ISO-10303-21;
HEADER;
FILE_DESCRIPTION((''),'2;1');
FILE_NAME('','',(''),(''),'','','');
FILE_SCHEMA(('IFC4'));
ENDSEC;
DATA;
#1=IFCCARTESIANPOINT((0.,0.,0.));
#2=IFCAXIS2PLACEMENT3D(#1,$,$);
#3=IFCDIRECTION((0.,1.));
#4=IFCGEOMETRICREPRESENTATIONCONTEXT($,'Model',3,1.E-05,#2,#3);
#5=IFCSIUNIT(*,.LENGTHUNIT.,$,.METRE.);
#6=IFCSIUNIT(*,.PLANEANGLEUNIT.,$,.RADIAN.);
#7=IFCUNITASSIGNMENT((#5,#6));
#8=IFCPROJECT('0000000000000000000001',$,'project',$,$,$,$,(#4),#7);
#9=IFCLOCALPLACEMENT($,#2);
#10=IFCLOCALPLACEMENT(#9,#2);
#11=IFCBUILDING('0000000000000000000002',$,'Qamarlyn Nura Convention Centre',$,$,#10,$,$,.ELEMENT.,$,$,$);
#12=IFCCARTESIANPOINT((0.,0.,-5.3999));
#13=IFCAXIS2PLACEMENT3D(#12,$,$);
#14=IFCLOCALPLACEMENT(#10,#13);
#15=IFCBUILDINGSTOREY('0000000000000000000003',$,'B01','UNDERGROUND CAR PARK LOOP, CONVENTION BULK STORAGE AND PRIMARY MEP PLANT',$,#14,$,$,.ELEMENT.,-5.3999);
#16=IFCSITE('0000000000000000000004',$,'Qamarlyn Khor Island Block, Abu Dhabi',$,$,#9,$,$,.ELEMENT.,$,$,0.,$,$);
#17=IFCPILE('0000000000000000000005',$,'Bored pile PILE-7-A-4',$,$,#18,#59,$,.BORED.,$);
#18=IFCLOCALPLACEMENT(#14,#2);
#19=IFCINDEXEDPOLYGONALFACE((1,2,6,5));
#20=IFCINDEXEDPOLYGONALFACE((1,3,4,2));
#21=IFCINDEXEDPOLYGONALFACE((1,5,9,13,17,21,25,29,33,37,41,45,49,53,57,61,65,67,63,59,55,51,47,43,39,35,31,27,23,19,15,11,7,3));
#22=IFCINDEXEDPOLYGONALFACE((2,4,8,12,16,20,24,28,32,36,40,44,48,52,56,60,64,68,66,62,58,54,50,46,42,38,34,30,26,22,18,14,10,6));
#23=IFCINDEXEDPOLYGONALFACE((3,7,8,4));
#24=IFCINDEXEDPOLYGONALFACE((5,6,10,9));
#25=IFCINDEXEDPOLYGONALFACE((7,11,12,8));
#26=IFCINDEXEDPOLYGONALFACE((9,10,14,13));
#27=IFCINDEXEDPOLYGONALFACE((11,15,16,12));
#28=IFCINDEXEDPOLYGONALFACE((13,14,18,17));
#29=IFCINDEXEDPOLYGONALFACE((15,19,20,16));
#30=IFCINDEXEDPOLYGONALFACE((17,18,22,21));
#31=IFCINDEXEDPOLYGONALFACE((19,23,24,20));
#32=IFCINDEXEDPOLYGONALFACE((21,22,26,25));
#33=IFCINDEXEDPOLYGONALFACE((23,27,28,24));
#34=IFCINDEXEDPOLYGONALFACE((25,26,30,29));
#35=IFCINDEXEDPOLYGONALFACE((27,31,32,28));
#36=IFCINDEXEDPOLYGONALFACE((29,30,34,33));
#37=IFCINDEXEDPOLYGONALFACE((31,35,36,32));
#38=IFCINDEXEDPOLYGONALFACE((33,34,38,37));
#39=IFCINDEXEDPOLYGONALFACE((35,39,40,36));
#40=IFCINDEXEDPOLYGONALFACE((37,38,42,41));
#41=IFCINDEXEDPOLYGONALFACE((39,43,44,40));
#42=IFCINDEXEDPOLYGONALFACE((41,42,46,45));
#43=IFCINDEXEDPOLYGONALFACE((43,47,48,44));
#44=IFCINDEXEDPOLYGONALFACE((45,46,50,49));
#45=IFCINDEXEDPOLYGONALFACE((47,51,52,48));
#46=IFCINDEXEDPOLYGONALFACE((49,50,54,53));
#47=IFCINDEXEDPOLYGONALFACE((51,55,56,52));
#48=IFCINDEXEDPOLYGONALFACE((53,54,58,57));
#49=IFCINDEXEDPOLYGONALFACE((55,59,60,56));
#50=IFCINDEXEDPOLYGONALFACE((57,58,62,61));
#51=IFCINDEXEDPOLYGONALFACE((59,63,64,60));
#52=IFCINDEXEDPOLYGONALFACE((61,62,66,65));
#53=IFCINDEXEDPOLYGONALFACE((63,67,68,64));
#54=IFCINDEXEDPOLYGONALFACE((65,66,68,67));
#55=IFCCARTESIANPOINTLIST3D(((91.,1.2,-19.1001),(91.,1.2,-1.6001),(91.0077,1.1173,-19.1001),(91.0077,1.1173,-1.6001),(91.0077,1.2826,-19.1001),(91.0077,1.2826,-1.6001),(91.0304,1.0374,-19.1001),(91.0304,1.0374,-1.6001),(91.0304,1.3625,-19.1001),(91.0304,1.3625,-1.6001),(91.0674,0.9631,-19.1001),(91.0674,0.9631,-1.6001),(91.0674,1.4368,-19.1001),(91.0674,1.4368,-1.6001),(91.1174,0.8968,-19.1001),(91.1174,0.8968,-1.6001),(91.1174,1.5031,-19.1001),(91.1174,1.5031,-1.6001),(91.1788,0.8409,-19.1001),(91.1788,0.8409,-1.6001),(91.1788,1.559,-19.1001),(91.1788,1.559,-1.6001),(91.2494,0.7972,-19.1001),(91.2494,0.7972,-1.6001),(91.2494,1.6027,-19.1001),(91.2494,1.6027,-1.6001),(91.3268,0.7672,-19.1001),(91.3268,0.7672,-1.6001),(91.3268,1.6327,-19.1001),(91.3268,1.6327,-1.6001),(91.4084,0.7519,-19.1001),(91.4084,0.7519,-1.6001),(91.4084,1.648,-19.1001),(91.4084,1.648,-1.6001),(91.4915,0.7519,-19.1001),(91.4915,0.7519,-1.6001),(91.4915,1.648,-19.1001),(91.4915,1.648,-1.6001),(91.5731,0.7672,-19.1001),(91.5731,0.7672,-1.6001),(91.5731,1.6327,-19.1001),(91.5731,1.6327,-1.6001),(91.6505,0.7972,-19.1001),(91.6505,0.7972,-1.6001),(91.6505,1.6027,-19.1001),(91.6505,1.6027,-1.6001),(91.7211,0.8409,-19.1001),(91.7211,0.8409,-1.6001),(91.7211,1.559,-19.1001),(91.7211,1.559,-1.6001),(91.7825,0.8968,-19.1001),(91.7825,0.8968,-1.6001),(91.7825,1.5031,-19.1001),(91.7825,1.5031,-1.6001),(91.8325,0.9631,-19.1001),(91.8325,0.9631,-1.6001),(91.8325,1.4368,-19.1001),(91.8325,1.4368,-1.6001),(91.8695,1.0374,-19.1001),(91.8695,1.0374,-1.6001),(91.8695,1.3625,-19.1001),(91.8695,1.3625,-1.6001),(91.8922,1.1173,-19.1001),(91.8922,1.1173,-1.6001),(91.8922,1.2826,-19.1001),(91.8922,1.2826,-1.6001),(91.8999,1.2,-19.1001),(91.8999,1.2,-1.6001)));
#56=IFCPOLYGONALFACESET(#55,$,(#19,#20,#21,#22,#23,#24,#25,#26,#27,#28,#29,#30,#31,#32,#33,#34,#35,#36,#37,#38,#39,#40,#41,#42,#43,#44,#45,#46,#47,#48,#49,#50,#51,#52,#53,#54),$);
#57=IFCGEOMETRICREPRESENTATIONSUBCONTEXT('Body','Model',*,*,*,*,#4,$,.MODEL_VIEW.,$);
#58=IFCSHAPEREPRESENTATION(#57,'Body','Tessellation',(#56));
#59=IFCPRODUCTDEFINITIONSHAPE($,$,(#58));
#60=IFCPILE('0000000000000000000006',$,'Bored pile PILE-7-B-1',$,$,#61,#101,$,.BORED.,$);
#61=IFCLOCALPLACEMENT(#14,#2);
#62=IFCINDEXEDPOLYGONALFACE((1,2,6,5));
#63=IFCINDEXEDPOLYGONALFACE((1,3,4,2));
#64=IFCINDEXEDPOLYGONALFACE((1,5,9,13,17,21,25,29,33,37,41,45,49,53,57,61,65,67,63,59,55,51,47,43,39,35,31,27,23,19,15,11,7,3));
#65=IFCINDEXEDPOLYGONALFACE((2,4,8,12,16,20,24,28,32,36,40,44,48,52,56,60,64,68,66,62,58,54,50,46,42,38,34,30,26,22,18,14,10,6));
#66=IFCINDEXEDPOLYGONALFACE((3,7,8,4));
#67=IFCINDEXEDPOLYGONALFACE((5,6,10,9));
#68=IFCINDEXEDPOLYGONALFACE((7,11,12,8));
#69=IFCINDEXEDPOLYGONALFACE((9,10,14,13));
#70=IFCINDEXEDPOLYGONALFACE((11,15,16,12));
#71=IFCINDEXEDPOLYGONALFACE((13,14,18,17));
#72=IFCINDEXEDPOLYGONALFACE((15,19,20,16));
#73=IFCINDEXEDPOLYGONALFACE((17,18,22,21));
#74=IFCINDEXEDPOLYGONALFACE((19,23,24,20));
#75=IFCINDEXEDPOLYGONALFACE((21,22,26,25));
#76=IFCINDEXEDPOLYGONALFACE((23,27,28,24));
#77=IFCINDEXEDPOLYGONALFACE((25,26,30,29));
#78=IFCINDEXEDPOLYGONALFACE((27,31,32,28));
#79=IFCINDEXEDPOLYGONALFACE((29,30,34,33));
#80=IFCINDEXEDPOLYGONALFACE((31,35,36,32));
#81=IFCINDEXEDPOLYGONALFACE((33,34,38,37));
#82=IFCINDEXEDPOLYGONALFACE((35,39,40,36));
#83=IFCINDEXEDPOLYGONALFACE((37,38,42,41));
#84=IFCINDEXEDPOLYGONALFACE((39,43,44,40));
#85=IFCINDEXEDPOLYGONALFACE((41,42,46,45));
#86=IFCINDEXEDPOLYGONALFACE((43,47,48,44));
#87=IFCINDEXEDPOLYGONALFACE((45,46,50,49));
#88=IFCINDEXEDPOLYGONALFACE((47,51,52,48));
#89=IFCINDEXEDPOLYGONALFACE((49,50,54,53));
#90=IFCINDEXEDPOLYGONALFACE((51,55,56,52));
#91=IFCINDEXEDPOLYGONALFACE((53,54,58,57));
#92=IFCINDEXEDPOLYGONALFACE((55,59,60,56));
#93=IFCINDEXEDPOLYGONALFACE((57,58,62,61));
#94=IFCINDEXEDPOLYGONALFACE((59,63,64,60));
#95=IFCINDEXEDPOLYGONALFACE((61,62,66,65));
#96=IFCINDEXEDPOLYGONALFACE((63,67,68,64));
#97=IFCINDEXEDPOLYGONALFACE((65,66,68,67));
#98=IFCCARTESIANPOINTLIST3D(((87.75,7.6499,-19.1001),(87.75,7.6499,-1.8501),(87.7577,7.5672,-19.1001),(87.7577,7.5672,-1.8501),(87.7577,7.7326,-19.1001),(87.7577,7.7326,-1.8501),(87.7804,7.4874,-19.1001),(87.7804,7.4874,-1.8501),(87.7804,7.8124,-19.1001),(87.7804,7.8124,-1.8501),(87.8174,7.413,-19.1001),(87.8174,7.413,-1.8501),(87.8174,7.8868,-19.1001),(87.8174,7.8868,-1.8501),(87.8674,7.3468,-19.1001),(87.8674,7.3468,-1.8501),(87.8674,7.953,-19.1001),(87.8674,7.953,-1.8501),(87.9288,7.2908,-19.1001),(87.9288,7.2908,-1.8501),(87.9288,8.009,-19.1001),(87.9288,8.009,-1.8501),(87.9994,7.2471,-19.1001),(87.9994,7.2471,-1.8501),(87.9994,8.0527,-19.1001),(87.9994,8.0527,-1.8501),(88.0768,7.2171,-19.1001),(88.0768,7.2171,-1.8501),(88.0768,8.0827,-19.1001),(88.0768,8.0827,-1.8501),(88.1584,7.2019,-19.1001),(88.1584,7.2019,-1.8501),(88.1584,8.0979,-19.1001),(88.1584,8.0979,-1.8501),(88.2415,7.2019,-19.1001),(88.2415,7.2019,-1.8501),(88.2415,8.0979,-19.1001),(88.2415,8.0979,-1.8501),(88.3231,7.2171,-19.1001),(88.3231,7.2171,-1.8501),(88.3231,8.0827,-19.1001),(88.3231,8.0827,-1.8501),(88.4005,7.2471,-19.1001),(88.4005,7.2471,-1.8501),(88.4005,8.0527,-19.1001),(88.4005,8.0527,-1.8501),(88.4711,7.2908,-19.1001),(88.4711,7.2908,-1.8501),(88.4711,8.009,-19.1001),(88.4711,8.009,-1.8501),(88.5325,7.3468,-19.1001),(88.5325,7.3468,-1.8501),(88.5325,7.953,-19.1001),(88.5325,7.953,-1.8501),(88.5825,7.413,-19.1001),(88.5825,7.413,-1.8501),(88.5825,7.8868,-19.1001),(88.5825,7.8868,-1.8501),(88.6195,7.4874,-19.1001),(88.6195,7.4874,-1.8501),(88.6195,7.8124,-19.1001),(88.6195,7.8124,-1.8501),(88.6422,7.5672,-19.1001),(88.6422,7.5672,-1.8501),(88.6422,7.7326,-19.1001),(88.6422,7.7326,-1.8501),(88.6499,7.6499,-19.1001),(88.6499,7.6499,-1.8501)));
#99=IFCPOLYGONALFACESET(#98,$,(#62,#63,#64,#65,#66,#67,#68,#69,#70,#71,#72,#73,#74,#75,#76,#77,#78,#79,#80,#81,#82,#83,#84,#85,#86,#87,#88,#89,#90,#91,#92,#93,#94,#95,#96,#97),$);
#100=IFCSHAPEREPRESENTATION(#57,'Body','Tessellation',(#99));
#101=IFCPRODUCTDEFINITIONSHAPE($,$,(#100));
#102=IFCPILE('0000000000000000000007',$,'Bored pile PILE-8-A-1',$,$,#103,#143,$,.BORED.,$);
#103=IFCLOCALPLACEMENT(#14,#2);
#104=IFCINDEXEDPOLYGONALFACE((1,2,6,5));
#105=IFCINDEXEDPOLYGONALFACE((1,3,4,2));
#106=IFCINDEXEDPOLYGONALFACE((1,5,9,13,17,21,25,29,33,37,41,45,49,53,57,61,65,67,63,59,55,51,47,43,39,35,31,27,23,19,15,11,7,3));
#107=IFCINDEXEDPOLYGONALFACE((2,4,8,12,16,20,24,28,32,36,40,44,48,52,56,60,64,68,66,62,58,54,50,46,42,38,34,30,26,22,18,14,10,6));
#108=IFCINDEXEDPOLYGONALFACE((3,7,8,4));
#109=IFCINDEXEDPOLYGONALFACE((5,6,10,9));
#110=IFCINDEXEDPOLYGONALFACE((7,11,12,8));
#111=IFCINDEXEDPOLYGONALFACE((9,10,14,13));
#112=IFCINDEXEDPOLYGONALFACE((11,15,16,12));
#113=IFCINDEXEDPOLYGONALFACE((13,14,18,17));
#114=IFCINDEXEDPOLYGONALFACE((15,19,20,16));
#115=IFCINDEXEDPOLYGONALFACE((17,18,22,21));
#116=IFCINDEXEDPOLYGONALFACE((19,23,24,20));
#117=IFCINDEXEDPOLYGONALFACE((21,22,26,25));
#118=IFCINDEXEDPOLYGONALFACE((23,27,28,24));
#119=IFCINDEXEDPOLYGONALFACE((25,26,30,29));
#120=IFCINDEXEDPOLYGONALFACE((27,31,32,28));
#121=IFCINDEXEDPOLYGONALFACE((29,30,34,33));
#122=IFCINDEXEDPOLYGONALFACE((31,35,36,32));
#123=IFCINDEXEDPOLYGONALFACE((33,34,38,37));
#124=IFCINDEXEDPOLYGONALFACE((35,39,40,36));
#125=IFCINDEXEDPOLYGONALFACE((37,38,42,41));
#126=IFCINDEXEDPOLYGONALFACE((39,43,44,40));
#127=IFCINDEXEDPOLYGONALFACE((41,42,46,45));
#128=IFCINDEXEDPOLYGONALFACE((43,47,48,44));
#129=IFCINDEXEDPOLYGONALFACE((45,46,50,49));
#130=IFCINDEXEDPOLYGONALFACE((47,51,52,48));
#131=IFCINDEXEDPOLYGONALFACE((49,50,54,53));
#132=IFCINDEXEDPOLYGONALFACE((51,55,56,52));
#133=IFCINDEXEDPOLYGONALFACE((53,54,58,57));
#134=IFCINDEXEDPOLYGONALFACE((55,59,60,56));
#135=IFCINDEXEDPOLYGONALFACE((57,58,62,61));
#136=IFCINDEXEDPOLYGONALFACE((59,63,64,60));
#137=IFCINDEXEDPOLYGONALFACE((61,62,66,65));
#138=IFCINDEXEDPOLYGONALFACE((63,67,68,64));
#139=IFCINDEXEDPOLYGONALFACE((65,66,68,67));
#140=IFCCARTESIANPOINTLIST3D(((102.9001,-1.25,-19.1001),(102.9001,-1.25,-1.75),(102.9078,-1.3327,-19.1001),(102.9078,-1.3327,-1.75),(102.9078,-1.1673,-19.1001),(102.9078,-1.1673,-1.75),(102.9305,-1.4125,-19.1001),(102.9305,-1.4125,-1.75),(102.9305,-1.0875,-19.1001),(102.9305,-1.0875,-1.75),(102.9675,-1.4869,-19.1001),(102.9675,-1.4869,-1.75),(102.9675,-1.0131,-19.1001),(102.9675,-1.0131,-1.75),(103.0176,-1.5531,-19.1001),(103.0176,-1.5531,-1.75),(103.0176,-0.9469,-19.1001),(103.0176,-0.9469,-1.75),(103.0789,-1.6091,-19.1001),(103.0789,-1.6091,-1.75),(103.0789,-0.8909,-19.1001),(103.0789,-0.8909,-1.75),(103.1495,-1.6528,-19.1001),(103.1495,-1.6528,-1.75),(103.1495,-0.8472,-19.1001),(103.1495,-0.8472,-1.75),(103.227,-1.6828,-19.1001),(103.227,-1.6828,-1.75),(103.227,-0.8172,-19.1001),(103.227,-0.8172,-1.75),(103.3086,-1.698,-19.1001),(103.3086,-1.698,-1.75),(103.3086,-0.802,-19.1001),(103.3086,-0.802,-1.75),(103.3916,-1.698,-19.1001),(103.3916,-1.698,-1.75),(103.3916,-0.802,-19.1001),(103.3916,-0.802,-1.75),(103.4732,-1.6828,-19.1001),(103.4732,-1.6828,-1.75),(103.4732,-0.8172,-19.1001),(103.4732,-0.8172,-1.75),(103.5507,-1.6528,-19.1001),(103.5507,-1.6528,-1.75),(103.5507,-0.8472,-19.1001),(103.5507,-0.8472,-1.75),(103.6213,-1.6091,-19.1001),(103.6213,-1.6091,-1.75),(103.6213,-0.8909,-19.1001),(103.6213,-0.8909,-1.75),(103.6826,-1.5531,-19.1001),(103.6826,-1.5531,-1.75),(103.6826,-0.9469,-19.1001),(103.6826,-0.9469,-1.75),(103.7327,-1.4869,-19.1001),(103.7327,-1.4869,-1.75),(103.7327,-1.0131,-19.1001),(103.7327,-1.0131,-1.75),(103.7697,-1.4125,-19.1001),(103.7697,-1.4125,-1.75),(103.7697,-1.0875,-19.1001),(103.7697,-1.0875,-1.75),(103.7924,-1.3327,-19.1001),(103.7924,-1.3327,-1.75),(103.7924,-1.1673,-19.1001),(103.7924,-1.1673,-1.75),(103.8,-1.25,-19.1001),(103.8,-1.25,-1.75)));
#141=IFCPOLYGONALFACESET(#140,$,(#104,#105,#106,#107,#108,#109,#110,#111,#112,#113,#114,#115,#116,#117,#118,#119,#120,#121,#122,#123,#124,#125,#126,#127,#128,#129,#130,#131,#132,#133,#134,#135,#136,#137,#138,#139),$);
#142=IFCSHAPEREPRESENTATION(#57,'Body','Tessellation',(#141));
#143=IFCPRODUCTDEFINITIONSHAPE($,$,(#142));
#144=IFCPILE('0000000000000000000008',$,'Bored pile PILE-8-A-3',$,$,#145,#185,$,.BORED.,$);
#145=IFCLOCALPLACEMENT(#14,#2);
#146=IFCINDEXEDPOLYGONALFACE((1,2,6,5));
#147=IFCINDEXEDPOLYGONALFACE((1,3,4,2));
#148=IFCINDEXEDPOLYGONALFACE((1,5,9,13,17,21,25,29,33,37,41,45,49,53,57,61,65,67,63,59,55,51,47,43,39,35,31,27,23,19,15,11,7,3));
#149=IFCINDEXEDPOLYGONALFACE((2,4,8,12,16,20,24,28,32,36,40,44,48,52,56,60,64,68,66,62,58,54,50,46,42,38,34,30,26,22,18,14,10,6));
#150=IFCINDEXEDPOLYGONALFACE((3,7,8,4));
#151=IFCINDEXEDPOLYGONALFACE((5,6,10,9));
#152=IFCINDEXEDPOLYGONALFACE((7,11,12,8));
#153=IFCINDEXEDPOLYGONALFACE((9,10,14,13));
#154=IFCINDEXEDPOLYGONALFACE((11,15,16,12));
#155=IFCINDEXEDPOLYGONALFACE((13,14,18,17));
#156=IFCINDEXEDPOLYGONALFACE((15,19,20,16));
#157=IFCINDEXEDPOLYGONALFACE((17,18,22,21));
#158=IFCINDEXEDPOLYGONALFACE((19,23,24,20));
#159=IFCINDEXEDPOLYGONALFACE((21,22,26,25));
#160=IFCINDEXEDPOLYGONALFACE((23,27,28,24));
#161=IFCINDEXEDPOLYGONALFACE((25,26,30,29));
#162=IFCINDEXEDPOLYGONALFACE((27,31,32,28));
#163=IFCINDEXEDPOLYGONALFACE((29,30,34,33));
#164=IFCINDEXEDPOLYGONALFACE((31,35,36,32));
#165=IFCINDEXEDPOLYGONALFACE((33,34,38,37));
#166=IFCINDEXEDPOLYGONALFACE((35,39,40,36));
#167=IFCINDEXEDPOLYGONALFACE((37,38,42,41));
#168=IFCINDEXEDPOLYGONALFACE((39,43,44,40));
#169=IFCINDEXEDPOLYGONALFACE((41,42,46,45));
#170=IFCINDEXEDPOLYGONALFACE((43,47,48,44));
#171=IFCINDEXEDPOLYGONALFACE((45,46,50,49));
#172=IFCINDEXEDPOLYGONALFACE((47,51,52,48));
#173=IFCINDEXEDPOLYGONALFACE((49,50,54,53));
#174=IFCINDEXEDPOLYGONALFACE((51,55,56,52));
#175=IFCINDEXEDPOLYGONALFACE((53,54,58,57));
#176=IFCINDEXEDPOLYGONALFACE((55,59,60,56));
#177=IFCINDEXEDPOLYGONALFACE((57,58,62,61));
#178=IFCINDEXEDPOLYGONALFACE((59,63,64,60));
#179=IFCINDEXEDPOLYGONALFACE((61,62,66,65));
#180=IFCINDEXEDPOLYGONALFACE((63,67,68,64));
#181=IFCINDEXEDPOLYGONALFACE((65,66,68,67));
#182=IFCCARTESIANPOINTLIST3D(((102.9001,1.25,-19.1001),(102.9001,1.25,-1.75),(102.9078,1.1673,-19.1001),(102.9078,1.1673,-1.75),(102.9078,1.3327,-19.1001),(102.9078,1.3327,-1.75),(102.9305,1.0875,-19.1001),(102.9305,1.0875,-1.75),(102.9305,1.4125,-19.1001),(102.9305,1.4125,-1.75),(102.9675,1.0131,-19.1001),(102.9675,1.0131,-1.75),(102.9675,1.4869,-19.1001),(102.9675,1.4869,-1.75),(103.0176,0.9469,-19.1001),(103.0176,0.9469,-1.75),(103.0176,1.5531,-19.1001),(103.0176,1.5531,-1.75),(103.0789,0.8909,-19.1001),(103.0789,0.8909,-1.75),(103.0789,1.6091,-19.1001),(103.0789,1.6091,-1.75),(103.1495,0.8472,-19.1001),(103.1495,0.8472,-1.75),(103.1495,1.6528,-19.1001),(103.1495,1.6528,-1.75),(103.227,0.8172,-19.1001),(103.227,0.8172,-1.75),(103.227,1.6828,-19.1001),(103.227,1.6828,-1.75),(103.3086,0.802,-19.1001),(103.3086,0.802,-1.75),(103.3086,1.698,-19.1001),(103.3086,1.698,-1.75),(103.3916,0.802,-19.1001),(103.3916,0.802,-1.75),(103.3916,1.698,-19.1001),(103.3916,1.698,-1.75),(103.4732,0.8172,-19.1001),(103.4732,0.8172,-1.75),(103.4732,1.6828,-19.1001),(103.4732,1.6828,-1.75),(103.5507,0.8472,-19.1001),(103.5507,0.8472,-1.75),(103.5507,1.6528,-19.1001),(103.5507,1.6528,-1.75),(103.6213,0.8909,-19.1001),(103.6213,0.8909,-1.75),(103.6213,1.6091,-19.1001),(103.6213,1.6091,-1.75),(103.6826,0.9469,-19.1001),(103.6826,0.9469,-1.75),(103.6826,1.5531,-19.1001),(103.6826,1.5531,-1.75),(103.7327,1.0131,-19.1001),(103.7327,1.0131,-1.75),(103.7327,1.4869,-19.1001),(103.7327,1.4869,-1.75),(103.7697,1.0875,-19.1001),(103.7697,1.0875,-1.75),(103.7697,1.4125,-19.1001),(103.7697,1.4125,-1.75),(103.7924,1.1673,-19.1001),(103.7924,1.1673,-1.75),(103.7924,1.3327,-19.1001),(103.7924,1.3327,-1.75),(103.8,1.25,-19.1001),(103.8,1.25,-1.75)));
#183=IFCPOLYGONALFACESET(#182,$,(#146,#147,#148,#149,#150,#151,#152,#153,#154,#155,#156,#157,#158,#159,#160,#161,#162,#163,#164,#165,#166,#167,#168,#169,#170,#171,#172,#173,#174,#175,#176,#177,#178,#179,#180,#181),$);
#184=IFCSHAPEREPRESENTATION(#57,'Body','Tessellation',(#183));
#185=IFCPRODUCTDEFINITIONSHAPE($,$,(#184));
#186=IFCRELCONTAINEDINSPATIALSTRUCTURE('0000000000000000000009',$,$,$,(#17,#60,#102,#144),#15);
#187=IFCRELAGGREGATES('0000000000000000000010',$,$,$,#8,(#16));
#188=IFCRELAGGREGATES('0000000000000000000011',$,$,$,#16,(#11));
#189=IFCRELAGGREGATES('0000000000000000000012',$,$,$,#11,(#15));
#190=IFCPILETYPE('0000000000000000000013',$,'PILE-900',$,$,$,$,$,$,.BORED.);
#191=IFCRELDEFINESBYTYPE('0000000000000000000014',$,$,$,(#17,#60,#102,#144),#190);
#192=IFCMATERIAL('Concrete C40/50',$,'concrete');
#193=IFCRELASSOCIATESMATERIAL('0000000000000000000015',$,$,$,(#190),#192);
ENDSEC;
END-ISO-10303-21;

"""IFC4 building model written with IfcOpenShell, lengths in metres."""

from ifc_helpers import new_model, si_unit, direction, frame, origin, origin_2d, place, context, subcontext, project, spatial, circle, extrude, material, material_profile, profile_set, type_object, element, save


model = new_model("IFC4")

# Units and contexts
model_context = context("Model", 3, precision=1e-05, world=origin(), true_north=direction((0.0, 1.0)))
body_context = subcontext(model_context, "Body", "Model", "MODEL_VIEW")
ifc_project = project(units=[si_unit("LENGTHUNIT", "METRE"), si_unit("PLANEANGLEUNIT", "RADIAN")], contexts=[model_context])

# Site, building, storey
site_placement = place(None, origin())
site = spatial("IfcSite", under=ifc_project, at=site_placement, Name="Qamarlyn Khor Island Block, Abu Dhabi", CompositionType="ELEMENT", RefElevation=0.0)
building_placement = place(site_placement, origin())
building = spatial("IfcBuilding", under=site, at=building_placement, Name="Qamarlyn Nura Convention Centre", CompositionType="ELEMENT")
storey_placement = place(building_placement, frame((0.0, 0.0, -5.3999)))
storey = spatial("IfcBuildingStorey", under=building, at=storey_placement, Name="B01", Description="UNDERGROUND CAR PARK LOOP, CONVENTION BULK STORAGE AND PRIMARY MEP PLANT", CompositionType="ELEMENT", Elevation=-5.3999)

# Shared definitions
ifc_material_1 = material(Name="Concrete C40/50", Category="concrete")

# Piles
ifc_material_profile_1 = material_profile(ifc_material_1, circle(Radius=0.45, at=origin_2d()), Name="BORED PILE 900")
ifc_profile_set_1 = profile_set([ifc_material_profile_1], Name="Concrete C40/50")
pile_type = type_object("IfcPileType", Name="PILE-900", PredefinedType="BORED", material=ifc_profile_set_1)
for number, where, z_axis, x_axis, name in (
    (1, (91.45, 1.2, -1.6001), (0.0, 0.0, -1.0), (1.0, 0.0, 0.0), "Bored pile PILE-7-A-4"),
):
    element("IfcPile", number, at=place(storey_placement, frame(where, z_axis=z_axis, x_axis=x_axis)), inside=storey, type_object=pile_type, Name=name, PredefinedType="BORED", context=body_context, shape_type="SweptSolid", body=[
        extrude(circle(Radius=0.45, at=origin_2d()), origin(), (0.0, 0.0, 1.0), 17.5),
    ])
pile_placement = place(storey_placement, frame((88.2, 7.6499, -1.8501), z_axis=(0.0, 0.0, -1.0), x_axis=(1.0, 0.0, 0.0)))
element("IfcPile", 2, at=pile_placement, inside=storey, type_object=pile_type, Name="Bored pile PILE-7-B-1", PredefinedType="BORED", context=body_context, shape_type="SweptSolid", body=[
    extrude(circle(Radius=0.45, at=origin_2d()), origin(), (0.0, 0.0, 1.0), 17.25),
])
for number, where, z_axis, x_axis, name in (
    (3, (103.3501, -1.25, -1.75), (0.0, 0.0, -1.0), (1.0, 0.0, 0.0), "Bored pile PILE-8-A-1"),
    (4, (103.3501, 1.25, -1.75), (0.0, 0.0, -1.0), (1.0, 0.0, 0.0), "Bored pile PILE-8-A-3"),
):
    element("IfcPile", number, at=place(storey_placement, frame(where, z_axis=z_axis, x_axis=x_axis)), inside=storey, type_object=pile_type, Name=name, PredefinedType="BORED", context=body_context, shape_type="SweptSolid", body=[
        extrude(circle(Radius=0.45, at=origin_2d()), origin(), (0.0, 0.0, 1.0), 17.3501),
    ])

save(model, "model.ifc")
